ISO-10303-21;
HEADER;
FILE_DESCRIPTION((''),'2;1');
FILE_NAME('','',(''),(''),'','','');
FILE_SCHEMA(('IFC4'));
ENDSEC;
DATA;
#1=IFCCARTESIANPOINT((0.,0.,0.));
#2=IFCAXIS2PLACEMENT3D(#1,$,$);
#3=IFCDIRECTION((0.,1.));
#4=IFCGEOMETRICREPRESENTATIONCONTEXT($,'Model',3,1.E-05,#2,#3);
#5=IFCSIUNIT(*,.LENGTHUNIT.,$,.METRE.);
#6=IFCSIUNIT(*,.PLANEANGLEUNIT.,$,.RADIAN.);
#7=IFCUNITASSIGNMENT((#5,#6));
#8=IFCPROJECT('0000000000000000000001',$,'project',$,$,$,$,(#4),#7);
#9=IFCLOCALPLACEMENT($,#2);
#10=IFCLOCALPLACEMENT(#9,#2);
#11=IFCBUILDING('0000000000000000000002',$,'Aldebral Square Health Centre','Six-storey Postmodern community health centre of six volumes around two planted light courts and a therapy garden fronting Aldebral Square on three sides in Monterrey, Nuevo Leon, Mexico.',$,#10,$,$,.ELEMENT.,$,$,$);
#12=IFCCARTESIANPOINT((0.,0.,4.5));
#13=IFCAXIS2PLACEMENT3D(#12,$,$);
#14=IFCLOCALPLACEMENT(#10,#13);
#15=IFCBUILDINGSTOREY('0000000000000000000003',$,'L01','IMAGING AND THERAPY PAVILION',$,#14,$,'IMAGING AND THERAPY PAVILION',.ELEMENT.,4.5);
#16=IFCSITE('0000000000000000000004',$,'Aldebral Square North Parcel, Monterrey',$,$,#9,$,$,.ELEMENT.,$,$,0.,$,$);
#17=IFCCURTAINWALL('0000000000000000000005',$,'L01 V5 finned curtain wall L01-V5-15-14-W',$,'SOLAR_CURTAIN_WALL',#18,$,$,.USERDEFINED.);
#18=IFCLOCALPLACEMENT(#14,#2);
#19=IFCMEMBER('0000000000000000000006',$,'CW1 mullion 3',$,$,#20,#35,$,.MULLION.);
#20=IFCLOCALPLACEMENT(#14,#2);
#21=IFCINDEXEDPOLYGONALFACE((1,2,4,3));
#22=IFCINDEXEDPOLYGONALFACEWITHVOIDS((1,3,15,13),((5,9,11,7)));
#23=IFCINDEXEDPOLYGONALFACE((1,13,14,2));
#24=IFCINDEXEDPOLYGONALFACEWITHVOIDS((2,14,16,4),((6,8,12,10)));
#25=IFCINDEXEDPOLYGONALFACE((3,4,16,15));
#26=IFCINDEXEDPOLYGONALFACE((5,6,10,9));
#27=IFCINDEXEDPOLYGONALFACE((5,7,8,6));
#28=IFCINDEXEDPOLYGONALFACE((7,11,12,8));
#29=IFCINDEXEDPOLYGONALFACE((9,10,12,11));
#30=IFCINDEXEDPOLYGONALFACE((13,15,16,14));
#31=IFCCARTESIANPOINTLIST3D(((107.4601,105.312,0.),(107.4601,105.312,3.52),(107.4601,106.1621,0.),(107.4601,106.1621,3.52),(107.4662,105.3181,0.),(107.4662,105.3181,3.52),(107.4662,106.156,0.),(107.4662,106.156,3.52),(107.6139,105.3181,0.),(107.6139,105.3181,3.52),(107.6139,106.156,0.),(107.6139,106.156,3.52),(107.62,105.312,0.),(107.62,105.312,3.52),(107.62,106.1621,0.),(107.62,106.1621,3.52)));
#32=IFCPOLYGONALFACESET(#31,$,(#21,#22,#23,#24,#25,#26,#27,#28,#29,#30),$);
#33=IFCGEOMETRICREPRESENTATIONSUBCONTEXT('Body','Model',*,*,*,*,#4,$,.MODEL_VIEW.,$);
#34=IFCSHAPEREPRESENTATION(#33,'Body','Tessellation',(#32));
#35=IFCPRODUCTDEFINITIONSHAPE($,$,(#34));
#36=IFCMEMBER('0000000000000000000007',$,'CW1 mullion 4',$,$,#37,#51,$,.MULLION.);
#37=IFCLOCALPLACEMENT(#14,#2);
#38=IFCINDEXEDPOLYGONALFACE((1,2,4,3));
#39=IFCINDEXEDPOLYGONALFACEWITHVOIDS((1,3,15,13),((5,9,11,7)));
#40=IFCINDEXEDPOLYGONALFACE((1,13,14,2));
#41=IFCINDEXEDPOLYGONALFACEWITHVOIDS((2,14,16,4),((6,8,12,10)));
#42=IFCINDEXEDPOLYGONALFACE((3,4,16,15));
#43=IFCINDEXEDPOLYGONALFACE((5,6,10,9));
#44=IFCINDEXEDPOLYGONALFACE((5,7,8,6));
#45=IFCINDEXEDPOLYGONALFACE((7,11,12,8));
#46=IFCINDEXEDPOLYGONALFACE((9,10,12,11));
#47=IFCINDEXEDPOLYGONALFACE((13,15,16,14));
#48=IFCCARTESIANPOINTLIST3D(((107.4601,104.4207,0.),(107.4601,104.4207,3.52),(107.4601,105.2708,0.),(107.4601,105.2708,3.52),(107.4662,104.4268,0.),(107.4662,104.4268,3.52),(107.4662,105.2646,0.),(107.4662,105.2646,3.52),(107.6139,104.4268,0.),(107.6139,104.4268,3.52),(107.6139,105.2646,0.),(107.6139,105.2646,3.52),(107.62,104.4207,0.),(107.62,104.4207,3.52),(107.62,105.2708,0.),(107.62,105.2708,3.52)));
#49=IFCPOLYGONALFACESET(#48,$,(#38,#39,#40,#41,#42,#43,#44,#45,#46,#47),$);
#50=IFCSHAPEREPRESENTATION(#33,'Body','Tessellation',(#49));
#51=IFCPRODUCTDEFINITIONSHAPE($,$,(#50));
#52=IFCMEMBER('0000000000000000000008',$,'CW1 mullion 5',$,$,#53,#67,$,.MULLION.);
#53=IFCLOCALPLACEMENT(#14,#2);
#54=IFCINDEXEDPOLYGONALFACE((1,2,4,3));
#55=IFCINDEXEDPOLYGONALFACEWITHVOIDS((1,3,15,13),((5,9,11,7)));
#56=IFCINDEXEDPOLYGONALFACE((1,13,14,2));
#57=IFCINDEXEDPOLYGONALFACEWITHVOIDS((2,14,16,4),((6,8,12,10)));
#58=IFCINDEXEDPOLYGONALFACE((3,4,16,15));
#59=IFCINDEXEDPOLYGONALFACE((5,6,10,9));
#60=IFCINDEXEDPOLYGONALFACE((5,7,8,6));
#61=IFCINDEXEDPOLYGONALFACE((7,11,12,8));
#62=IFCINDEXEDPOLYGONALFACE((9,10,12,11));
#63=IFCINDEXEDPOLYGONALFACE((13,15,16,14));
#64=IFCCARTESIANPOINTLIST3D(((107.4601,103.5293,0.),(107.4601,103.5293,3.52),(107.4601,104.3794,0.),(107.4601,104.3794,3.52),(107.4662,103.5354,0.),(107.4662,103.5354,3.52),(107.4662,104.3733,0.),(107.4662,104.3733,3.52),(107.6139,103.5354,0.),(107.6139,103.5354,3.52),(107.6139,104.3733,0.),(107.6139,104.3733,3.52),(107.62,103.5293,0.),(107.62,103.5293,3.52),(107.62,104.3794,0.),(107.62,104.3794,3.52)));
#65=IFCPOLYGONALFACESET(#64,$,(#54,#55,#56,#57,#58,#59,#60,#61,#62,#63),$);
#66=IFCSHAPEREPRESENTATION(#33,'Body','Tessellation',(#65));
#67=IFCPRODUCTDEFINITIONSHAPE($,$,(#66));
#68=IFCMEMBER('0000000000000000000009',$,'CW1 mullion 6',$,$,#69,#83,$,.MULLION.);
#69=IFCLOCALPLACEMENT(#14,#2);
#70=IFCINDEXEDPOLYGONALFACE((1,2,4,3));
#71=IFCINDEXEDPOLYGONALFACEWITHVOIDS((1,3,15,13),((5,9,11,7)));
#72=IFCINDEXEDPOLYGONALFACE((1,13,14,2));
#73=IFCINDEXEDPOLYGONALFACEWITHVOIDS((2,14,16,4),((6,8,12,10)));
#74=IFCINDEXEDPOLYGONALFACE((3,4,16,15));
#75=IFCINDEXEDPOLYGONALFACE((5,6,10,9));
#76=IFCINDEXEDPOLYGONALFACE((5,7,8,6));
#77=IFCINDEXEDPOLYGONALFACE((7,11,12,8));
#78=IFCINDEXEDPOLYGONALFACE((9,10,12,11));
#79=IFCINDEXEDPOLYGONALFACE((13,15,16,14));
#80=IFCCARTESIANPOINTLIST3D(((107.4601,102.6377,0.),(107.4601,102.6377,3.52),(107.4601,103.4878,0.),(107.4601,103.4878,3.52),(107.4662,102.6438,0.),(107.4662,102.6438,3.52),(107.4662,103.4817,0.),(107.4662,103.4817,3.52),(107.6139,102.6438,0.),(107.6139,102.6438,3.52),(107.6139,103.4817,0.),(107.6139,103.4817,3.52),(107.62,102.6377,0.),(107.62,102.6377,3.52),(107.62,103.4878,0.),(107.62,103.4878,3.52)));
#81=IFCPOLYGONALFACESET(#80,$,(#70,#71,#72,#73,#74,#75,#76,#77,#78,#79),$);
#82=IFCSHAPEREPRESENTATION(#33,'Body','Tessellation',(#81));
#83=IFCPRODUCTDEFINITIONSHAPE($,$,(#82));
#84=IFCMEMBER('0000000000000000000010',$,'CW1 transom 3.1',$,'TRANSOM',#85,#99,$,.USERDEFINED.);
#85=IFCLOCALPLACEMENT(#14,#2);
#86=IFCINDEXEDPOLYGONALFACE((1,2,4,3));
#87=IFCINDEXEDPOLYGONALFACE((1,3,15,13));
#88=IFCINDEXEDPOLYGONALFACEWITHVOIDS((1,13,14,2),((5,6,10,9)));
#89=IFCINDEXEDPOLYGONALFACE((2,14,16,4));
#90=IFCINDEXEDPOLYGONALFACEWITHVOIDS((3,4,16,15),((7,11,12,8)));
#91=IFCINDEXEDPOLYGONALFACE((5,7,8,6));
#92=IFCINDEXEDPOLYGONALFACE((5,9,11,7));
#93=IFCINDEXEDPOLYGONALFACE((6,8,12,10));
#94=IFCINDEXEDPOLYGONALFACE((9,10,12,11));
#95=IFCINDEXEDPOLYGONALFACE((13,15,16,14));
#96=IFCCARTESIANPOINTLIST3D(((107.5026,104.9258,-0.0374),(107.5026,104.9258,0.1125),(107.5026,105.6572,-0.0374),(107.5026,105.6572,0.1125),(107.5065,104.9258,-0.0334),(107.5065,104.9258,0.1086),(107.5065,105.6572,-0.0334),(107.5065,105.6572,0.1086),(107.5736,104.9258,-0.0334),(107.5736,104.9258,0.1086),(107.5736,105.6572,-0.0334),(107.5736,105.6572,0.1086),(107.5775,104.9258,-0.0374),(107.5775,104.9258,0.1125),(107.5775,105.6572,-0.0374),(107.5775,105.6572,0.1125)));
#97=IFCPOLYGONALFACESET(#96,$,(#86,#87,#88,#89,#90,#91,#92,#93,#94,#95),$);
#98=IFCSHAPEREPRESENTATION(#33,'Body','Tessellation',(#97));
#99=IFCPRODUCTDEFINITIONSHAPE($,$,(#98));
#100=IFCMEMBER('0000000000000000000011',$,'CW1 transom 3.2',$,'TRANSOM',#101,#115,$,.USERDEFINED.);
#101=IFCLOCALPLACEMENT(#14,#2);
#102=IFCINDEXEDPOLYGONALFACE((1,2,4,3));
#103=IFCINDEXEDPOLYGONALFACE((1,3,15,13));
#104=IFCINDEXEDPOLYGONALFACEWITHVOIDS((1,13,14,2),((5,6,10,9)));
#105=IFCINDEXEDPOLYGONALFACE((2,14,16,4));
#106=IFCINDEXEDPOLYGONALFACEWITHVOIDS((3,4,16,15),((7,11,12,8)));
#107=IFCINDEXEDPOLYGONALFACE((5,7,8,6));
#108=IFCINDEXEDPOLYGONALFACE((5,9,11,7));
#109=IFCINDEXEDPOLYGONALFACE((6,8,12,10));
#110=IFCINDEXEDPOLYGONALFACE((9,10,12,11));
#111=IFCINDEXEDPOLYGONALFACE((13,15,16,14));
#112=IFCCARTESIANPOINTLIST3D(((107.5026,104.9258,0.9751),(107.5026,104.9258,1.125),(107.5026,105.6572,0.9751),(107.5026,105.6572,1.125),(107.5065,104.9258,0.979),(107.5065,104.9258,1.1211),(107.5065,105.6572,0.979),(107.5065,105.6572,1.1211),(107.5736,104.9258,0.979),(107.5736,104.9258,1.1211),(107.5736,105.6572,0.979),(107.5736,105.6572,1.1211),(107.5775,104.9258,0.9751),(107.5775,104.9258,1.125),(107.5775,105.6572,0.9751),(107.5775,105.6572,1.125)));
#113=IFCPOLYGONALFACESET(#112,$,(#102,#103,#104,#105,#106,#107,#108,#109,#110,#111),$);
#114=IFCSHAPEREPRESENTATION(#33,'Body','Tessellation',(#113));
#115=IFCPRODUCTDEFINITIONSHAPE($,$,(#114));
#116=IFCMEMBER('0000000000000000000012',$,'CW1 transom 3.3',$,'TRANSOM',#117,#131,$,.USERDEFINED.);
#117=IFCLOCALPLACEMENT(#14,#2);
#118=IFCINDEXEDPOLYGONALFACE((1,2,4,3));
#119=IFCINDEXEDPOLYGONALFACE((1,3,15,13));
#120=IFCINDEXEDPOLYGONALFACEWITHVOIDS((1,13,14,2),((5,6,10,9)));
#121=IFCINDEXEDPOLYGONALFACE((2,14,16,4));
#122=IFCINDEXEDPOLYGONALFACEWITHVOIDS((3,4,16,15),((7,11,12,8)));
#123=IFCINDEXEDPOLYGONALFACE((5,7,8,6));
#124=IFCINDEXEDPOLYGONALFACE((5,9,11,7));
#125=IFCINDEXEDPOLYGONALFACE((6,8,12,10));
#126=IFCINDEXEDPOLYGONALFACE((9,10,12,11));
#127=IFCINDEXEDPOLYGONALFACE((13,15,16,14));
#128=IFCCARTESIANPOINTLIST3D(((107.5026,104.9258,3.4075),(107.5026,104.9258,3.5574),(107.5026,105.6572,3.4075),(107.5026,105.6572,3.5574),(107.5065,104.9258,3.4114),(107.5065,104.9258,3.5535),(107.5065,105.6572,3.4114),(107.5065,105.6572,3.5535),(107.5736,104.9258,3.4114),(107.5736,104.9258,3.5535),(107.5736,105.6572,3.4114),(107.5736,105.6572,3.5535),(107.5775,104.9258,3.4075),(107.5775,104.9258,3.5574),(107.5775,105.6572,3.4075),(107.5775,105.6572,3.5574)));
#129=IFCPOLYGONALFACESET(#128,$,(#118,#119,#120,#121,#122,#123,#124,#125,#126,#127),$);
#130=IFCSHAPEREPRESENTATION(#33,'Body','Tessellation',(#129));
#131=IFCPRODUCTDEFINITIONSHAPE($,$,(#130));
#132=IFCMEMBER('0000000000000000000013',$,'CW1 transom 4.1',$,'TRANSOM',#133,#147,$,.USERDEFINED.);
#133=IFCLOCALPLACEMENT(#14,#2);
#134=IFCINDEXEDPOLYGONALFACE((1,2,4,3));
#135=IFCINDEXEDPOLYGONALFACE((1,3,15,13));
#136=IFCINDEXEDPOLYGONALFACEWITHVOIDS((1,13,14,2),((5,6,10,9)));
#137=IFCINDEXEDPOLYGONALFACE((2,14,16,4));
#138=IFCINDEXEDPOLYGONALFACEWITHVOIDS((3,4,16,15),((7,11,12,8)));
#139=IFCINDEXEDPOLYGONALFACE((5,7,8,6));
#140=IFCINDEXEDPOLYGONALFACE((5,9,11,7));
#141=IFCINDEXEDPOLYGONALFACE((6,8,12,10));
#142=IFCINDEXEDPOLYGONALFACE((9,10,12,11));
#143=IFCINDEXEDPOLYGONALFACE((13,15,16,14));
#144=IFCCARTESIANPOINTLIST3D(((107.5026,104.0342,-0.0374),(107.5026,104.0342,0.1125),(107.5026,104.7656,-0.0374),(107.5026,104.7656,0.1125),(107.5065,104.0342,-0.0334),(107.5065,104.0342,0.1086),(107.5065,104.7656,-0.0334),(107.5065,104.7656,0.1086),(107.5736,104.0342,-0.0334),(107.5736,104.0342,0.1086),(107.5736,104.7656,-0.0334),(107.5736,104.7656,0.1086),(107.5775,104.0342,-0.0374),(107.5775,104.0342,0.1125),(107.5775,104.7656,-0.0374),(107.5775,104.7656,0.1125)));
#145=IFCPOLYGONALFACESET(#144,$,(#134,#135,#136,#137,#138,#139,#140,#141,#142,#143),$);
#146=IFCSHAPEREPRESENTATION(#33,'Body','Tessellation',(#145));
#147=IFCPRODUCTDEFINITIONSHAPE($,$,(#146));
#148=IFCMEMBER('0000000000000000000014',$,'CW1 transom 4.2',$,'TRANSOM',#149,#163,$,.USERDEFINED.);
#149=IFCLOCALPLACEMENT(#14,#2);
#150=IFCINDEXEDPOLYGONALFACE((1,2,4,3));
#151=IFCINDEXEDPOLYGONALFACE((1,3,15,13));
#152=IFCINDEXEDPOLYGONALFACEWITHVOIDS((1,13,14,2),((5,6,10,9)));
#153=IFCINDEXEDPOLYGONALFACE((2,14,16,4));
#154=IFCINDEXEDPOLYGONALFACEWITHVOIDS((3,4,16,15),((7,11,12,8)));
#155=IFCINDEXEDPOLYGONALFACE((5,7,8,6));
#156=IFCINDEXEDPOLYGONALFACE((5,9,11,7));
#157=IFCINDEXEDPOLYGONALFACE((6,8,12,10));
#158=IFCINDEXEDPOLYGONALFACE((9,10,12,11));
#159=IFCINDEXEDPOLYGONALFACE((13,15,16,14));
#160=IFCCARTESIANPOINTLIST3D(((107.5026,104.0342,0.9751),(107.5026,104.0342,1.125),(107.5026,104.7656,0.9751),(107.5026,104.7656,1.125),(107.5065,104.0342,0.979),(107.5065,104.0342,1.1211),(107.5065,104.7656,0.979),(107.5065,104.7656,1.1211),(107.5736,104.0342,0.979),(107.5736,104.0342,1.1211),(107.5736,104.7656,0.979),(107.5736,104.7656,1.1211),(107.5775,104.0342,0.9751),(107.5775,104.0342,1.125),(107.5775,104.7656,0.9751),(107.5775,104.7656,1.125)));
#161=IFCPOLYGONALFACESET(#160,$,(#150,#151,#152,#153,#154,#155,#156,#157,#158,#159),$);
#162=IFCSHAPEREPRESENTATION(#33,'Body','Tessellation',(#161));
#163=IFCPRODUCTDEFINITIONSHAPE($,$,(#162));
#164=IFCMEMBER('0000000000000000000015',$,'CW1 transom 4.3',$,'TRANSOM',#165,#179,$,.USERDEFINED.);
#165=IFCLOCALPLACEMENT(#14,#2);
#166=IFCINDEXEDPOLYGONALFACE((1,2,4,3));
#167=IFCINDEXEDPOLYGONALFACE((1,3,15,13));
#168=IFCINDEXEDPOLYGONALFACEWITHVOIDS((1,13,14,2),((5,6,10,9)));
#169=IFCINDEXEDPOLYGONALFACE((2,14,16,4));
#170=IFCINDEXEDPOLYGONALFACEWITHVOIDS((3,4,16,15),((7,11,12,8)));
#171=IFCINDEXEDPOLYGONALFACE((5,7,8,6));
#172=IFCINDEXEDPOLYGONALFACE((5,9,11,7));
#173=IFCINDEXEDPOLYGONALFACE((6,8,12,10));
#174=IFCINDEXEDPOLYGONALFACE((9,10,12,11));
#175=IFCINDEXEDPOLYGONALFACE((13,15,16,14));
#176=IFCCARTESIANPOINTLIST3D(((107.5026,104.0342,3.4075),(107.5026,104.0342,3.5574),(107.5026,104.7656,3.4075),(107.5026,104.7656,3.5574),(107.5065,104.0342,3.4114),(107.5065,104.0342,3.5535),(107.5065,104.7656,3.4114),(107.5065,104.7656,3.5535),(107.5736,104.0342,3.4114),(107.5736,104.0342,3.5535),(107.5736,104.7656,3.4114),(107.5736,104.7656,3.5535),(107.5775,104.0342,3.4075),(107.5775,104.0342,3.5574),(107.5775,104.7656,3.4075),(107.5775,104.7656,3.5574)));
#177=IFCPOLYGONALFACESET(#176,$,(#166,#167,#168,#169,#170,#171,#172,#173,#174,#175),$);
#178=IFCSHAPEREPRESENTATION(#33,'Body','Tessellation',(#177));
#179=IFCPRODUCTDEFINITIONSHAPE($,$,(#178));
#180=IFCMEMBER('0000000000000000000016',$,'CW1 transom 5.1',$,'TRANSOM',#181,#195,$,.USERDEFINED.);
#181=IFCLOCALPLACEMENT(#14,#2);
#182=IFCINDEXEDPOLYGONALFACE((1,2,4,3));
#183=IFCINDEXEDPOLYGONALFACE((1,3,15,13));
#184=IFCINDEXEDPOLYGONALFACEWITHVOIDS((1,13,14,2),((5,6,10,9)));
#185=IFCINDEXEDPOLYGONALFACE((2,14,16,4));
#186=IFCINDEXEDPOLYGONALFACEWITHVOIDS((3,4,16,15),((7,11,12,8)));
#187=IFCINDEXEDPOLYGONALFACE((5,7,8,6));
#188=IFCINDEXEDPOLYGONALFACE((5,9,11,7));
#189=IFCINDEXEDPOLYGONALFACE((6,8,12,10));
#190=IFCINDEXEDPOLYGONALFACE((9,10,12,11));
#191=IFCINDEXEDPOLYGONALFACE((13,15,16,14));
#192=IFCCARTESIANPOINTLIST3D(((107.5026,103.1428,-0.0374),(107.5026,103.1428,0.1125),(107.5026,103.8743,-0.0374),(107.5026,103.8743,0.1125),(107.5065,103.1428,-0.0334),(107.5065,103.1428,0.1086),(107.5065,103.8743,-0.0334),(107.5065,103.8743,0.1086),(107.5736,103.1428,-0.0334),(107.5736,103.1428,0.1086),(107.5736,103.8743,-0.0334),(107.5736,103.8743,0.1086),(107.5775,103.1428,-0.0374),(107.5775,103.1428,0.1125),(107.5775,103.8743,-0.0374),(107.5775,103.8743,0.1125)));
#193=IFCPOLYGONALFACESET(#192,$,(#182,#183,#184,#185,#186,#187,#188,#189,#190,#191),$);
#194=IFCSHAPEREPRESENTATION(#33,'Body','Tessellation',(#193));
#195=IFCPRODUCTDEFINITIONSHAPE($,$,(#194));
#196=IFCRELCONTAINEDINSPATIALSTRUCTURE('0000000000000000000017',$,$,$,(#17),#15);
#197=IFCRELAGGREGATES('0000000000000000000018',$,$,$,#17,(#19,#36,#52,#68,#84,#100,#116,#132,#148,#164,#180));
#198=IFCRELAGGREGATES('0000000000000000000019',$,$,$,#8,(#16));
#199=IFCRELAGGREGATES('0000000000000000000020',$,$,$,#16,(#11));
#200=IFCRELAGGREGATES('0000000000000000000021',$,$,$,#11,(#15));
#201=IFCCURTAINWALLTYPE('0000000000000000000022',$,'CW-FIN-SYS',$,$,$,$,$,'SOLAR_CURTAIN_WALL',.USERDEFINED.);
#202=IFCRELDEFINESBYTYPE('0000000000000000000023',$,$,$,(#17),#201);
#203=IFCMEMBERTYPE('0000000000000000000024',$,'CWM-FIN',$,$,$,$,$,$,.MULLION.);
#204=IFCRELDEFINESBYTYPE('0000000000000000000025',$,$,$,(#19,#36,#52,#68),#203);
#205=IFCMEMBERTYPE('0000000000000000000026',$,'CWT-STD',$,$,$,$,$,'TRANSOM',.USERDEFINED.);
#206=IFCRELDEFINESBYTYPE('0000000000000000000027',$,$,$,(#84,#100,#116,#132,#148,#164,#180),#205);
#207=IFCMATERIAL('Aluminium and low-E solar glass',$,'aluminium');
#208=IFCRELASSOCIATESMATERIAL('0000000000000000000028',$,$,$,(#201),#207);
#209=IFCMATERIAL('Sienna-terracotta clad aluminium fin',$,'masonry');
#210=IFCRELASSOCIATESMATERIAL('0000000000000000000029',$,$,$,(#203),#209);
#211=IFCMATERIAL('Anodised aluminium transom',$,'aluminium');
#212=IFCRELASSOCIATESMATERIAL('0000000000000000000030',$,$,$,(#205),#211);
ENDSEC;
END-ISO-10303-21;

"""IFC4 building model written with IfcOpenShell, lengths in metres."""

from ifc_helpers import new_model, si_unit, direction, frame, origin, origin_2d, place, context, subcontext, project, spatial, hollow_rectangle, extrude, material, material_profile, profile_set, type_object, element, aggregate, save


model = new_model("IFC4")

# Units and contexts
model_context = context("Model", 3, precision=1e-05, world=origin(), true_north=direction((0.0, 1.0)))
body_context = subcontext(model_context, "Body", "Model", "MODEL_VIEW")
ifc_project = project(units=[si_unit("LENGTHUNIT", "METRE"), si_unit("PLANEANGLEUNIT", "RADIAN")], contexts=[model_context])

# Site, building, storey
site_placement = place(None, origin())
site = spatial("IfcSite", under=ifc_project, at=site_placement, Name="Aldebral Square North Parcel, Monterrey", CompositionType="ELEMENT", RefElevation=0.0)
building_placement = place(site_placement, origin())
building = spatial("IfcBuilding", under=site, at=building_placement, Name="Aldebral Square Health Centre", Description="Six-storey Postmodern community health centre of six volumes around two planted light courts and a therapy garden fronting Aldebral Square on three sides in Monterrey, Nuevo Leon, Mexico.", CompositionType="ELEMENT")
storey_placement = place(building_placement, frame((0.0, 0.0, 4.5)))
storey = spatial("IfcBuildingStorey", under=building, at=storey_placement, Name="L01", Description="IMAGING AND THERAPY PAVILION", LongName="IMAGING AND THERAPY PAVILION", CompositionType="ELEMENT", Elevation=4.5)

# Curtain wall, members
ifc_material_1 = material(Name="Aluminium and low-E solar glass", Category="aluminium")
curtain_wall_type = type_object("IfcCurtainWallType", Name="CW-FIN-SYS", ElementType="SOLAR_CURTAIN_WALL", PredefinedType="USERDEFINED", material=ifc_material_1)
curtain_wall_placement = place(storey_placement, origin())
curtain_wall = element("IfcCurtainWall", 1, at=curtain_wall_placement, inside=storey, type_object=curtain_wall_type, Name="L01 V5 finned curtain wall L01-V5-15-14-W", ObjectType="SOLAR_CURTAIN_WALL", PredefinedType="USERDEFINED")
ifc_material_2 = material(Name="Sienna-terracotta clad aluminium fin", Category="masonry")
ifc_material_profile_1 = material_profile(ifc_material_2, hollow_rectangle(XDim=0.1599, YDim=0.8501, WallThickness=0.0061, at=origin_2d()), Name="FIN 160x850x6")
ifc_profile_set_1 = profile_set([ifc_material_profile_1], Name="Sienna-terracotta clad aluminium fin")
member_type_1 = type_object("IfcMemberType", Name="CWM-FIN", PredefinedType="MULLION", material=ifc_profile_set_1)
member_1_placement = place(storey_placement, frame((107.54, 105.7371, 0.0), z_axis=(0.0, 0.0, 1.0), x_axis=(1.0, 0.0, 0.0)))
member_1 = element("IfcMember", 2, at=member_1_placement, type_object=member_type_1, Name="CW1 mullion 3", PredefinedType="MULLION", context=body_context, shape_type="SweptSolid", body=[
    extrude(hollow_rectangle(XDim=0.1599, YDim=0.8501, WallThickness=0.0061, at=origin_2d()), origin(), (0.0, 0.0, 1.0), 3.52),
])
member_2_placement = place(storey_placement, frame((107.54, 104.8457, 0.0), z_axis=(0.0, 0.0, 1.0), x_axis=(1.0, 0.0, 0.0)))
member_2 = element("IfcMember", 3, at=member_2_placement, type_object=member_type_1, Name="CW1 mullion 4", PredefinedType="MULLION", context=body_context, shape_type="SweptSolid", body=[
    extrude(hollow_rectangle(XDim=0.1599, YDim=0.8501, WallThickness=0.0061, at=origin_2d()), origin(), (0.0, 0.0, 1.0), 3.52),
])
member_3_placement = place(storey_placement, frame((107.54, 103.9543, 0.0), z_axis=(0.0, 0.0, 1.0), x_axis=(1.0, 0.0, 0.0)))
member_3 = element("IfcMember", 4, at=member_3_placement, type_object=member_type_1, Name="CW1 mullion 5", PredefinedType="MULLION", context=body_context, shape_type="SweptSolid", body=[
    extrude(hollow_rectangle(XDim=0.1599, YDim=0.8501, WallThickness=0.0061, at=origin_2d()), origin(), (0.0, 0.0, 1.0), 3.52),
])
member_4_placement = place(storey_placement, frame((107.54, 103.0627, 0.0), z_axis=(0.0, 0.0, 1.0), x_axis=(1.0, 0.0, 0.0)))
member_4 = element("IfcMember", 5, at=member_4_placement, type_object=member_type_1, Name="CW1 mullion 6", PredefinedType="MULLION", context=body_context, shape_type="SweptSolid", body=[
    extrude(hollow_rectangle(XDim=0.1599, YDim=0.8501, WallThickness=0.0061, at=origin_2d()), origin(), (0.0, 0.0, 1.0), 3.52),
])
ifc_material_3 = material(Name="Anodised aluminium transom", Category="aluminium")
ifc_material_profile_2 = material_profile(ifc_material_3, hollow_rectangle(XDim=0.075, YDim=0.1499, WallThickness=0.0039, at=origin_2d()), Name="CWT 75x150x4")
ifc_profile_set_2 = profile_set([ifc_material_profile_2], Name="Anodised aluminium transom")
member_type_2 = type_object("IfcMemberType", Name="CWT-STD", ElementType="TRANSOM", PredefinedType="USERDEFINED", material=ifc_profile_set_2)
member_5_placement = place(storey_placement, frame((107.54, 105.6572, 0.0376), z_axis=(0.0, -1.0, 0.0), x_axis=(1.0, 0.0, 0.0)))
member_5 = element("IfcMember", 6, at=member_5_placement, type_object=member_type_2, Name="CW1 transom 3.1", ObjectType="TRANSOM", PredefinedType="USERDEFINED", context=body_context, shape_type="SweptSolid", body=[
    extrude(hollow_rectangle(XDim=0.075, YDim=0.1499, WallThickness=0.0039, at=origin_2d()), origin(), (0.0, 0.0, 1.0), 0.7314),
])
member_6_placement = place(storey_placement, frame((107.54, 105.6572, 1.05), z_axis=(0.0, -1.0, 0.0), x_axis=(1.0, 0.0, 0.0)))
member_6 = element("IfcMember", 7, at=member_6_placement, type_object=member_type_2, Name="CW1 transom 3.2", ObjectType="TRANSOM", PredefinedType="USERDEFINED", context=body_context, shape_type="SweptSolid", body=[
    extrude(hollow_rectangle(XDim=0.075, YDim=0.1499, WallThickness=0.0039, at=origin_2d()), origin(), (0.0, 0.0, 1.0), 0.7314),
])
member_7_placement = place(storey_placement, frame((107.54, 105.6572, 3.4824), z_axis=(0.0, -1.0, 0.0), x_axis=(1.0, 0.0, 0.0)))
member_7 = element("IfcMember", 8, at=member_7_placement, type_object=member_type_2, Name="CW1 transom 3.3", ObjectType="TRANSOM", PredefinedType="USERDEFINED", context=body_context, shape_type="SweptSolid", body=[
    extrude(hollow_rectangle(XDim=0.075, YDim=0.1499, WallThickness=0.0039, at=origin_2d()), origin(), (0.0, 0.0, 1.0), 0.7314),
])
member_8_placement = place(storey_placement, frame((107.54, 104.7656, 0.0376), z_axis=(0.0, -1.0, 0.0), x_axis=(1.0, 0.0, 0.0)))
member_8 = element("IfcMember", 9, at=member_8_placement, type_object=member_type_2, Name="CW1 transom 4.1", ObjectType="TRANSOM", PredefinedType="USERDEFINED", context=body_context, shape_type="SweptSolid", body=[
    extrude(hollow_rectangle(XDim=0.075, YDim=0.1499, WallThickness=0.0039, at=origin_2d()), origin(), (0.0, 0.0, 1.0), 0.7314),
])
member_9_placement = place(storey_placement, frame((107.54, 104.7656, 1.05), z_axis=(0.0, -1.0, 0.0), x_axis=(1.0, 0.0, 0.0)))
member_9 = element("IfcMember", 10, at=member_9_placement, type_object=member_type_2, Name="CW1 transom 4.2", ObjectType="TRANSOM", PredefinedType="USERDEFINED", context=body_context, shape_type="SweptSolid", body=[
    extrude(hollow_rectangle(XDim=0.075, YDim=0.1499, WallThickness=0.0039, at=origin_2d()), origin(), (0.0, 0.0, 1.0), 0.7314),
])
member_10_placement = place(storey_placement, frame((107.54, 104.7656, 3.4824), z_axis=(0.0, -1.0, 0.0), x_axis=(1.0, 0.0, 0.0)))
member_10 = element("IfcMember", 11, at=member_10_placement, type_object=member_type_2, Name="CW1 transom 4.3", ObjectType="TRANSOM", PredefinedType="USERDEFINED", context=body_context, shape_type="SweptSolid", body=[
    extrude(hollow_rectangle(XDim=0.075, YDim=0.1499, WallThickness=0.0039, at=origin_2d()), origin(), (0.0, 0.0, 1.0), 0.7314),
])
member_11_placement = place(storey_placement, frame((107.54, 103.8743, 0.0376), z_axis=(0.0, -1.0, 0.0), x_axis=(1.0, 0.0, 0.0)))
member_11 = element("IfcMember", 12, at=member_11_placement, type_object=member_type_2, Name="CW1 transom 5.1", ObjectType="TRANSOM", PredefinedType="USERDEFINED", context=body_context, shape_type="SweptSolid", body=[
    extrude(hollow_rectangle(XDim=0.075, YDim=0.1499, WallThickness=0.0039, at=origin_2d()), origin(), (0.0, 0.0, 1.0), 0.7314),
])
aggregate(curtain_wall, [member_1, member_2, member_3, member_4, member_5, member_6, member_7, member_8, member_9, member_10, member_11])

save(model, "model.ifc")
